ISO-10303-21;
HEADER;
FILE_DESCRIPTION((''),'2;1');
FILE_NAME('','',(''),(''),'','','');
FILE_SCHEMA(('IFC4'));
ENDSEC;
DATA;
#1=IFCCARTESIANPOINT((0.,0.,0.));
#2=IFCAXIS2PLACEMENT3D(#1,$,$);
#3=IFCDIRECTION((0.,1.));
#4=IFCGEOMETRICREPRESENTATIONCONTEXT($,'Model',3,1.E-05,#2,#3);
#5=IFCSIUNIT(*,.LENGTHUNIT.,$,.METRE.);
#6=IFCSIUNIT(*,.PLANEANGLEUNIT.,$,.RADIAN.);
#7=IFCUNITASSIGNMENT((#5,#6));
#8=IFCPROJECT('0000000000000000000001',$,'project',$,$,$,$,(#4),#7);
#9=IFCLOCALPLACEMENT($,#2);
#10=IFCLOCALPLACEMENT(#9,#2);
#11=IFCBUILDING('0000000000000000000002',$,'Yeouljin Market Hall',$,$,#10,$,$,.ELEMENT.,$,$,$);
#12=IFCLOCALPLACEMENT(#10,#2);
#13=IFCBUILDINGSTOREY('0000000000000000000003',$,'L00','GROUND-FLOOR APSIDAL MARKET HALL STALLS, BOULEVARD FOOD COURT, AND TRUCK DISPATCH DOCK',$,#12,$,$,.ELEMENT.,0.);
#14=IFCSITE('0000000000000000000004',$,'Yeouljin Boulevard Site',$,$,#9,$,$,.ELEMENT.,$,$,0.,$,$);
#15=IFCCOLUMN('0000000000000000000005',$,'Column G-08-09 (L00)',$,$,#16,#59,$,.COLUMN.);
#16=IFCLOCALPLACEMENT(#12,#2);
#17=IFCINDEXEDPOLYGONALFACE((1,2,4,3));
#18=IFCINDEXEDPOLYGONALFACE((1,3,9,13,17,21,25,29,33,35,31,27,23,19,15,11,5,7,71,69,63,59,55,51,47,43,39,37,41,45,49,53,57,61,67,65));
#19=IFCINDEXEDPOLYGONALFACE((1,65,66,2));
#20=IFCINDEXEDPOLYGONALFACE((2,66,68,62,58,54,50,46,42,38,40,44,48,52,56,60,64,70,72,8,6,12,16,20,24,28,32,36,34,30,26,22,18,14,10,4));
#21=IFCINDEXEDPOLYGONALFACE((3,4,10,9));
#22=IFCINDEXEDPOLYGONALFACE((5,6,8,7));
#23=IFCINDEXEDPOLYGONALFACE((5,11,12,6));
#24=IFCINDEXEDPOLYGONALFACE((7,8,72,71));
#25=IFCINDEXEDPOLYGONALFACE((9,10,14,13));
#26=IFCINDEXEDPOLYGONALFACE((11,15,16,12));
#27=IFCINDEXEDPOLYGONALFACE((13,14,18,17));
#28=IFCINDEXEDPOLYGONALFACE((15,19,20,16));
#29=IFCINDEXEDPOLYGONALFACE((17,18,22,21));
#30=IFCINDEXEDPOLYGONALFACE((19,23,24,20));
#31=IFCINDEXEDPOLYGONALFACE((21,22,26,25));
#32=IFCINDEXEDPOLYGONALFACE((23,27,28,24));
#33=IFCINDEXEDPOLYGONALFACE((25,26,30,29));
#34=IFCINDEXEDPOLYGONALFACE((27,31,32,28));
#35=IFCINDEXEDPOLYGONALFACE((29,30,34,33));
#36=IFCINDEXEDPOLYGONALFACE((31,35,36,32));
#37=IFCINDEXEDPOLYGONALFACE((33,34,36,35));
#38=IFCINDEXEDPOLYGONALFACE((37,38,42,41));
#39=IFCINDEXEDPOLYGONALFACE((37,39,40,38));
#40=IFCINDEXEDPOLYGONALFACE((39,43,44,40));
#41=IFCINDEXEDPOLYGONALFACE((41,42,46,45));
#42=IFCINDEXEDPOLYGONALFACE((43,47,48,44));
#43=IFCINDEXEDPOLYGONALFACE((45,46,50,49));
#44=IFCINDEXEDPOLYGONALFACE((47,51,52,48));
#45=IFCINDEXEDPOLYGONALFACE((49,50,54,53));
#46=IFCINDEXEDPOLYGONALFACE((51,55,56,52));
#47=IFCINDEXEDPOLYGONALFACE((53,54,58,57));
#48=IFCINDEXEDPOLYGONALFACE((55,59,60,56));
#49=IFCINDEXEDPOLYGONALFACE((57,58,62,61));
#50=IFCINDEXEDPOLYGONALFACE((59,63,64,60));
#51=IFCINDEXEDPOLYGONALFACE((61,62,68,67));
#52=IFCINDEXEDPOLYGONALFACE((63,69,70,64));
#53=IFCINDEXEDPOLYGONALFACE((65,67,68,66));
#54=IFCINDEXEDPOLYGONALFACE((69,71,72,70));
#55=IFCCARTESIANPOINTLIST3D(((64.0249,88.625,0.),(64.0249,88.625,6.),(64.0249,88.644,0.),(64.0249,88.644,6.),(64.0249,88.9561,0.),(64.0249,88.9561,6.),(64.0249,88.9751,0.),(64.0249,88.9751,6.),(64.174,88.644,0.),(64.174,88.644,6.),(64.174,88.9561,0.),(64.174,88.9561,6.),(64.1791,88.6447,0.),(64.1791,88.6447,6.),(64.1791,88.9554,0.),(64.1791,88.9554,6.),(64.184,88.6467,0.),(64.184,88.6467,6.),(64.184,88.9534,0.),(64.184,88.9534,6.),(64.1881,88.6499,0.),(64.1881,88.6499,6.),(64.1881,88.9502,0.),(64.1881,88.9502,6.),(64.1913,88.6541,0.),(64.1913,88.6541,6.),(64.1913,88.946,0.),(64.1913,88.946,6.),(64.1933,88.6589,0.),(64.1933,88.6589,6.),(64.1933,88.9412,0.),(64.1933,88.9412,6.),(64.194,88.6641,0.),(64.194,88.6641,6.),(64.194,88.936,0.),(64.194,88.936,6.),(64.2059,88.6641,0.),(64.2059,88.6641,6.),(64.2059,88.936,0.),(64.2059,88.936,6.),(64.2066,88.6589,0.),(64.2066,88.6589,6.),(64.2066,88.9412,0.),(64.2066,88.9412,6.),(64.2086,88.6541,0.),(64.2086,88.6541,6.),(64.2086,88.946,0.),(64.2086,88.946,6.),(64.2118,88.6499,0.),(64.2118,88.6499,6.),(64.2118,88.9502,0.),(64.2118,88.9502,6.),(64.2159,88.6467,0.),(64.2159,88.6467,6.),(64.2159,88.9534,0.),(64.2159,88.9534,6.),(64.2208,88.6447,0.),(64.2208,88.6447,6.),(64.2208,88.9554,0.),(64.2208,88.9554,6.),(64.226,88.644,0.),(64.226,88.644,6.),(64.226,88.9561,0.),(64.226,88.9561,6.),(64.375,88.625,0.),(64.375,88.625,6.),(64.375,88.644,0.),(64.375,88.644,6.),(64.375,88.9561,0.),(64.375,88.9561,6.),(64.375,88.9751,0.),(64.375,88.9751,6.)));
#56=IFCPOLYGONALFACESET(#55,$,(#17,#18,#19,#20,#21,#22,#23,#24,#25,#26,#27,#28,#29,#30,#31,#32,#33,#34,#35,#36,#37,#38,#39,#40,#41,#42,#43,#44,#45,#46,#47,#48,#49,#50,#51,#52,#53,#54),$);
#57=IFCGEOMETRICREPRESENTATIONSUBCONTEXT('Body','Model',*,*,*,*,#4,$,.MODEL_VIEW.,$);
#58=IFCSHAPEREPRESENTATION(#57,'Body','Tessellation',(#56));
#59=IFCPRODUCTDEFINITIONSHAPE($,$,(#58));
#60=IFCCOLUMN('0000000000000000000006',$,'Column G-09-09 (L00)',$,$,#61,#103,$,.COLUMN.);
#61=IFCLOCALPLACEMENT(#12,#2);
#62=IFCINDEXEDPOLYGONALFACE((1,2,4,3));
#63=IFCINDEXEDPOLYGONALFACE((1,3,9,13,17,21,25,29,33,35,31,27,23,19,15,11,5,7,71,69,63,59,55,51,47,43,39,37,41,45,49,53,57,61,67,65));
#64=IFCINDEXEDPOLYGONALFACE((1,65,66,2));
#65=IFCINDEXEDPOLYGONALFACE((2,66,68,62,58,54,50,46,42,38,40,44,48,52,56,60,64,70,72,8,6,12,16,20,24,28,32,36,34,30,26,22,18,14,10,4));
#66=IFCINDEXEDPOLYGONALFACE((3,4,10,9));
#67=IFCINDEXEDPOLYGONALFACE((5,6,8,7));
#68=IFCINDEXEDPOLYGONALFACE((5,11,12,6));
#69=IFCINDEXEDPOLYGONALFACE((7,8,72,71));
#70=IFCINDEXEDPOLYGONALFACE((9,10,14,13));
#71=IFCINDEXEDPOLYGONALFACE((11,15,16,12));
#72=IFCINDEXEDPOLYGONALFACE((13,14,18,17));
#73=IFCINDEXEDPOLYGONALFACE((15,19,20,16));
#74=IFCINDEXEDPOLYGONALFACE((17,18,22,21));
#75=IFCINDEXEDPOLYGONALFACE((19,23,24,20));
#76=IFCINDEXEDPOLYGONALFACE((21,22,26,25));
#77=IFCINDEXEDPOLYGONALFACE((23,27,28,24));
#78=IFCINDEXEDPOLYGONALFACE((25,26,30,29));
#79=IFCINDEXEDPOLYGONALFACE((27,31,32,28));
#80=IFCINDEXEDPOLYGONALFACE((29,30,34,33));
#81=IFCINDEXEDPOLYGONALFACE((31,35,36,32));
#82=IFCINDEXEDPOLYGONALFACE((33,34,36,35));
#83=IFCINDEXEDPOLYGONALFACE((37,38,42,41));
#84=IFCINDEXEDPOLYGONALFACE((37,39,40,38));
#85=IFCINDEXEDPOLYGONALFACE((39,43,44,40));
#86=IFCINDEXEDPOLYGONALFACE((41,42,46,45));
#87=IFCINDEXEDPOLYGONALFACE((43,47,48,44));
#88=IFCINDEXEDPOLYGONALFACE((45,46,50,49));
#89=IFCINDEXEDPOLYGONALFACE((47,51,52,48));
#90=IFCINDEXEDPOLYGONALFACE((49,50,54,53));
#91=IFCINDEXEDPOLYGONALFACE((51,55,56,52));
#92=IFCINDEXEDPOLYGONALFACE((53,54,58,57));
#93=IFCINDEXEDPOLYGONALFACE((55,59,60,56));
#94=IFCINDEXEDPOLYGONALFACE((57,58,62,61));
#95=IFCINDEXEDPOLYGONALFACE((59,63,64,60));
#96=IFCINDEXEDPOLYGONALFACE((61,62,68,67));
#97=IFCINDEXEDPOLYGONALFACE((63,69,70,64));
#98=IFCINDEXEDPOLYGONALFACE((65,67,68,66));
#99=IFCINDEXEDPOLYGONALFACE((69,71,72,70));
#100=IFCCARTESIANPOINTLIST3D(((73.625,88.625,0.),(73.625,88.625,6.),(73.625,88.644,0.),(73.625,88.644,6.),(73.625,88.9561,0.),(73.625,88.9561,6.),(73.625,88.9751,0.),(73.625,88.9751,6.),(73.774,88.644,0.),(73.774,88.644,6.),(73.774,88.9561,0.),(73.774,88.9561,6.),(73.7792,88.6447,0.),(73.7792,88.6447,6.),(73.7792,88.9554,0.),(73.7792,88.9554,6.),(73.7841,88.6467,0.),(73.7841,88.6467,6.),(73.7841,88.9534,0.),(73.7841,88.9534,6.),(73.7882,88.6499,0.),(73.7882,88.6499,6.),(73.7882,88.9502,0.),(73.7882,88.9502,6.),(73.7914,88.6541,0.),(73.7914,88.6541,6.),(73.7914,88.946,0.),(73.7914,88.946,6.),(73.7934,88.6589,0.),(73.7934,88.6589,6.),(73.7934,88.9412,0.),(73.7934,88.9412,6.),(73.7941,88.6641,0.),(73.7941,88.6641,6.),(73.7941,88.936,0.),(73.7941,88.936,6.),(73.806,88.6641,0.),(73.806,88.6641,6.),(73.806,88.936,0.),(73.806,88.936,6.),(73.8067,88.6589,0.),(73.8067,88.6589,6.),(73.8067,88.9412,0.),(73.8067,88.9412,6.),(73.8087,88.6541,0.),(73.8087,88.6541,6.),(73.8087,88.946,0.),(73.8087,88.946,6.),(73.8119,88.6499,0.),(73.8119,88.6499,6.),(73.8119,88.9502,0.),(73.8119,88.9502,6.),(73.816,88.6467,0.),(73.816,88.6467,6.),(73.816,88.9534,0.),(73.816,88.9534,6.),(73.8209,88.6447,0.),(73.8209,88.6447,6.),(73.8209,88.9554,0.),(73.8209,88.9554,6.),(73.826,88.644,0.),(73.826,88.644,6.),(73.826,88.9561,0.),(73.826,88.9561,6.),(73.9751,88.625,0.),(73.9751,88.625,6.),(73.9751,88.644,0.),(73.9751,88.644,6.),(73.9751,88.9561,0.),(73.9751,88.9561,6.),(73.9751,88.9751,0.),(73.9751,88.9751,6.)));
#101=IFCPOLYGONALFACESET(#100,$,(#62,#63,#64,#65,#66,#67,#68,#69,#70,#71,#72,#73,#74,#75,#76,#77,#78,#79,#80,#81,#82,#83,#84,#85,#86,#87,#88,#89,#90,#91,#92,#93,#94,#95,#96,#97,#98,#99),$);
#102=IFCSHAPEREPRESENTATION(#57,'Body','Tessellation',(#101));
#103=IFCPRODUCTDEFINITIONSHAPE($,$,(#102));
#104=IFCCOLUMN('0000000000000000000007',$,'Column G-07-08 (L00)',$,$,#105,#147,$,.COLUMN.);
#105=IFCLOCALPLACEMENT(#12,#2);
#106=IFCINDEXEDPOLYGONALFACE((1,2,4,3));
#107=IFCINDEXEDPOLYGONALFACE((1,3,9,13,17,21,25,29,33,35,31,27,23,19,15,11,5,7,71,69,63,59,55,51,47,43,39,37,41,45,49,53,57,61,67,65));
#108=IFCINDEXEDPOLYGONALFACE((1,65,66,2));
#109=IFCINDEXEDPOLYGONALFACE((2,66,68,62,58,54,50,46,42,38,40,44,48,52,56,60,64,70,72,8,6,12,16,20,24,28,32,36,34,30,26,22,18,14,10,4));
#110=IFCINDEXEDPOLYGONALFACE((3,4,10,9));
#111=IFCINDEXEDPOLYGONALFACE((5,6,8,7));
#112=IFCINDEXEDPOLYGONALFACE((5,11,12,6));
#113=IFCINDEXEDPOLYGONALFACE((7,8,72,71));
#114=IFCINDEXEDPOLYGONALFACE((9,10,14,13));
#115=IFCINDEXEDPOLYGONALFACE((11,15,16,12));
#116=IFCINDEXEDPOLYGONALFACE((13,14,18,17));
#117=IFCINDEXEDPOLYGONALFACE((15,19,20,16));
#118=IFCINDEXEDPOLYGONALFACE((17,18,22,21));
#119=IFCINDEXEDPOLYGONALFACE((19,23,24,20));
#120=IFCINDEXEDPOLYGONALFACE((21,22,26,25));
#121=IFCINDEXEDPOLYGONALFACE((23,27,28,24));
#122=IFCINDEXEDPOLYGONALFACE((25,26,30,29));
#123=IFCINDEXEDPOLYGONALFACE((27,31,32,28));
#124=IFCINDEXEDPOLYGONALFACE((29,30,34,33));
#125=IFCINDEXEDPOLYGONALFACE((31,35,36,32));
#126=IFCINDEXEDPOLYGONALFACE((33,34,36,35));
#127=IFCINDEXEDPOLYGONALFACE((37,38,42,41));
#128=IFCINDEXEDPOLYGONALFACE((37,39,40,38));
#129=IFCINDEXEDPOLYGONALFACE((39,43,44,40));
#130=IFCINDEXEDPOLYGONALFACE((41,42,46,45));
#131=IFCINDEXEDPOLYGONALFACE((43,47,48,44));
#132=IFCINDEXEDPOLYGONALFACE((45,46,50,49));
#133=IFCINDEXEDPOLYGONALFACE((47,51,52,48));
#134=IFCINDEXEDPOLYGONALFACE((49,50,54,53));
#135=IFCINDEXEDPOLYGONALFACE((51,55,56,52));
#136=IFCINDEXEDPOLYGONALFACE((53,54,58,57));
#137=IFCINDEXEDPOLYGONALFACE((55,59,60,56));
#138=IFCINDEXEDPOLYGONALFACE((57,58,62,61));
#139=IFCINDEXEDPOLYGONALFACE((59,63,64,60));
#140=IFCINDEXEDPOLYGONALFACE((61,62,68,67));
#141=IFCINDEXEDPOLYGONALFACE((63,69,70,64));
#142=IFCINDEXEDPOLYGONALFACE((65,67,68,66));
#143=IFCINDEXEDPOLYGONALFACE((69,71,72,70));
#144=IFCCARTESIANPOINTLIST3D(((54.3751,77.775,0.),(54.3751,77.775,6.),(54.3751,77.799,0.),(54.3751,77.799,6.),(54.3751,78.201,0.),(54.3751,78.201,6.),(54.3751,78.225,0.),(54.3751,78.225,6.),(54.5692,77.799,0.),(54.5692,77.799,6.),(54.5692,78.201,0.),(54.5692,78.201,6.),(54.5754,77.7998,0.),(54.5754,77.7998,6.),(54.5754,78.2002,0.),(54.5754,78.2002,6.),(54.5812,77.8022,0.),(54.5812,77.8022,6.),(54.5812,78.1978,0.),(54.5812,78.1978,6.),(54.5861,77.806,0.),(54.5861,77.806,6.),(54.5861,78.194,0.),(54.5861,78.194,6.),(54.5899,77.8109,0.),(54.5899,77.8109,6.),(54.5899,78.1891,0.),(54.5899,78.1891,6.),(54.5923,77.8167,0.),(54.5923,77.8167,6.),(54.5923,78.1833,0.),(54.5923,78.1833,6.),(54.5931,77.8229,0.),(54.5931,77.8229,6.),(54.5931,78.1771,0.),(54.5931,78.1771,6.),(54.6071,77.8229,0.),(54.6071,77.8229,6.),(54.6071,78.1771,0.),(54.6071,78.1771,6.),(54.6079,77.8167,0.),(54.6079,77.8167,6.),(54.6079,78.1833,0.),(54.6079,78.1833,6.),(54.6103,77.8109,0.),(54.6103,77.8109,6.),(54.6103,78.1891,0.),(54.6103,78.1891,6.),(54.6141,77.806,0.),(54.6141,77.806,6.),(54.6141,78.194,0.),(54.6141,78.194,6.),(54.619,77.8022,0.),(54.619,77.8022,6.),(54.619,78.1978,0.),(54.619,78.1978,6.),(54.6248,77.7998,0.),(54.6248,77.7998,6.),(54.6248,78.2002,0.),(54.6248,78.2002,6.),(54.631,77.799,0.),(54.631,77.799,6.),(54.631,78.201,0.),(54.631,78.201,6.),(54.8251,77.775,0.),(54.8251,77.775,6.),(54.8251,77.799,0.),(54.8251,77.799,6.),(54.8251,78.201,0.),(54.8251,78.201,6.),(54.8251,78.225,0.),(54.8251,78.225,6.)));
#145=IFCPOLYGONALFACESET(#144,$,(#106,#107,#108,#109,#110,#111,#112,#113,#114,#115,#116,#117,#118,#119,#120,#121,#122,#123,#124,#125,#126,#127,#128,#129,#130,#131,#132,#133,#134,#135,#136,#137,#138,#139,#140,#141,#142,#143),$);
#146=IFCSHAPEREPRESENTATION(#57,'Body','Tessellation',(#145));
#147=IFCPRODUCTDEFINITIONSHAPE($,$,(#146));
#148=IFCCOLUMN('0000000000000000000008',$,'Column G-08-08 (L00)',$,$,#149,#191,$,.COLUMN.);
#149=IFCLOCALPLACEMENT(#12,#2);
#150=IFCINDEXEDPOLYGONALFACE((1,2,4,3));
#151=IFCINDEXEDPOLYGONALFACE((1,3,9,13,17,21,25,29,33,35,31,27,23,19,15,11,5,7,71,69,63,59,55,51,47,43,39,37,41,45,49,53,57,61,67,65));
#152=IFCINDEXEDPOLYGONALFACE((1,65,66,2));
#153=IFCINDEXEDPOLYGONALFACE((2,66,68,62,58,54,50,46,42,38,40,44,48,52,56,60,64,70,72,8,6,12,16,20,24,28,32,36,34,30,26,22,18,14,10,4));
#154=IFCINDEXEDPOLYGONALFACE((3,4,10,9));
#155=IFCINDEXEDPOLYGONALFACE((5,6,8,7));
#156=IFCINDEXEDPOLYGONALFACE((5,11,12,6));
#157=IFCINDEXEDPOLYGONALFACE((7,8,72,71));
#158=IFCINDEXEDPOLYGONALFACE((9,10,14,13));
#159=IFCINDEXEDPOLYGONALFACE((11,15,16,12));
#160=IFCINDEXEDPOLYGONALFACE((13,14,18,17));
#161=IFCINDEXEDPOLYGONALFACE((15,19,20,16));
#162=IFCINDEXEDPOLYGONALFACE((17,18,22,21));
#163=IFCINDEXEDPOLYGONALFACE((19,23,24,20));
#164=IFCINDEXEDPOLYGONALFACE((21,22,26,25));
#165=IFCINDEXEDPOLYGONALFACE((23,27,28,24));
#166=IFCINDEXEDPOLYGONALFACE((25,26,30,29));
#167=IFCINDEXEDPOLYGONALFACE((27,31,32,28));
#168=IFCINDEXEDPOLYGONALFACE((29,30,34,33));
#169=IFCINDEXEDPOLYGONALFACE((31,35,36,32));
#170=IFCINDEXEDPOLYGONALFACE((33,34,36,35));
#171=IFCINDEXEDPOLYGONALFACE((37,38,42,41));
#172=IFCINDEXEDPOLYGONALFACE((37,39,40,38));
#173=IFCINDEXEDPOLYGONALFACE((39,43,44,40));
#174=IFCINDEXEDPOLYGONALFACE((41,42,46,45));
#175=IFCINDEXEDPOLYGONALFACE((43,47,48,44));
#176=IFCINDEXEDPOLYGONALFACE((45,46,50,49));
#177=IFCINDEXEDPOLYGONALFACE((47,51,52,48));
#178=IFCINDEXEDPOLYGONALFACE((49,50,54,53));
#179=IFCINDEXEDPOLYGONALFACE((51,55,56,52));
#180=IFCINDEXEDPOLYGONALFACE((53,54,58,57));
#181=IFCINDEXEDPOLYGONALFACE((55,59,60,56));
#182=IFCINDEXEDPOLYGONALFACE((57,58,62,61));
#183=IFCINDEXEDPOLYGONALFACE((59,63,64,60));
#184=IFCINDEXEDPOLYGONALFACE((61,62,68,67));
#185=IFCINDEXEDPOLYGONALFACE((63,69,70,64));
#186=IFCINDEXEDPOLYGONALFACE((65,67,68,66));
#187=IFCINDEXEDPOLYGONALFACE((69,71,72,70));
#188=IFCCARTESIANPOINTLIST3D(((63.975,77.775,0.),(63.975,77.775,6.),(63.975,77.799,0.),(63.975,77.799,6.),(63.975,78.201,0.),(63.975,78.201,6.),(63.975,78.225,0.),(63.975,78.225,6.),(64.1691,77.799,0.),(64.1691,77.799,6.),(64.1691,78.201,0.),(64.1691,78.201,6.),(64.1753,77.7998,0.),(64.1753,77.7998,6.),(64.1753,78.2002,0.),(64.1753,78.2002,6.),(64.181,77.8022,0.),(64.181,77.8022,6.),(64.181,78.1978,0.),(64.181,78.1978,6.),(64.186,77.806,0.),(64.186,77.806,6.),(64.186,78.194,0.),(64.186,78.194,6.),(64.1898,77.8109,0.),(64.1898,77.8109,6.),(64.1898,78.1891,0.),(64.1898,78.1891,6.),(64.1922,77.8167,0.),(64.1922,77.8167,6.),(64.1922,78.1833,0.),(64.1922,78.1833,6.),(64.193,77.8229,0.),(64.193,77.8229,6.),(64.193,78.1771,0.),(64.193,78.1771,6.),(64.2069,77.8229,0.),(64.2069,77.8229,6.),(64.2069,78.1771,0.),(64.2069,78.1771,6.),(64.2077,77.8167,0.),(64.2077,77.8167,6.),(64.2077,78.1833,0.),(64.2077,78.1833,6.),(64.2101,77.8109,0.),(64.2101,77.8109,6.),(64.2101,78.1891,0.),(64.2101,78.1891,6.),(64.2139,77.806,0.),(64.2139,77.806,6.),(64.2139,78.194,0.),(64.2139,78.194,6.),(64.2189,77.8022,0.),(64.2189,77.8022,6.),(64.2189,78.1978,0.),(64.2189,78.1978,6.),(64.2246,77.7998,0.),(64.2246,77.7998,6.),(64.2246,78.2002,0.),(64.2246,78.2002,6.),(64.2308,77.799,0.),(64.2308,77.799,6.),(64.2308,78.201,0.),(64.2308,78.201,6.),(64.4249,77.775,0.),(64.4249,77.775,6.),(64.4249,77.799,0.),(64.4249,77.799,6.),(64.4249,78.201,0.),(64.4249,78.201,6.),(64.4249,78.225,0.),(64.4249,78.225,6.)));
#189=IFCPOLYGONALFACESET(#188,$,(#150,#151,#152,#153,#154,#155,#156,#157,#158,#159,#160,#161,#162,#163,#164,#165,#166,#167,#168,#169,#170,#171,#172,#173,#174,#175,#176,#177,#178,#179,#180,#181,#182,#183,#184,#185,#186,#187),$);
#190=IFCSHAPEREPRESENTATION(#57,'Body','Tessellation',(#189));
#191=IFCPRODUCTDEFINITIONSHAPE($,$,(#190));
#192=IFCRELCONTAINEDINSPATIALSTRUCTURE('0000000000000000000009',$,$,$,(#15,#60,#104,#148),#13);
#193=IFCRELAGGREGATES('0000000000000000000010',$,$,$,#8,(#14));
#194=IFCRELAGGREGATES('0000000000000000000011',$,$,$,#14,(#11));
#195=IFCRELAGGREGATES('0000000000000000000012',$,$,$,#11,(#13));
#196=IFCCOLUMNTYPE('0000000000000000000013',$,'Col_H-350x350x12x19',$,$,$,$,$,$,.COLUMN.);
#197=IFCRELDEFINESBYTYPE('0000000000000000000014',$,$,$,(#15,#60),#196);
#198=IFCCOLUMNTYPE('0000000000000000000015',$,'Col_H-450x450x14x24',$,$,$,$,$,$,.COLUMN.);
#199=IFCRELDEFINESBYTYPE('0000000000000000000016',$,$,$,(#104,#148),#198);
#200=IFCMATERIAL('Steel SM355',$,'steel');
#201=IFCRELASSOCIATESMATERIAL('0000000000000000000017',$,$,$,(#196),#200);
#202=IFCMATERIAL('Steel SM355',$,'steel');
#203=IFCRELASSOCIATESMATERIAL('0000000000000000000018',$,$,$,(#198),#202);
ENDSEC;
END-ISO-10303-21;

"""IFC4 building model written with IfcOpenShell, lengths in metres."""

from ifc_helpers import new_model, si_unit, direction, frame, origin, origin_2d, place, context, subcontext, project, spatial, i_section, extrude, material, material_profile, profile_set, type_object, element, save


model = new_model("IFC4")

# Units and contexts
model_context = context("Model", 3, precision=1e-05, world=origin(), true_north=direction((0.0, 1.0)))
body_context = subcontext(model_context, "Body", "Model", "MODEL_VIEW")
ifc_project = project(units=[si_unit("LENGTHUNIT", "METRE"), si_unit("PLANEANGLEUNIT", "RADIAN")], contexts=[model_context])

# Site, building, storey
site_placement = place(None, origin())
site = spatial("IfcSite", under=ifc_project, at=site_placement, Name="Yeouljin Boulevard Site", CompositionType="ELEMENT", RefElevation=0.0)
building_placement = place(site_placement, origin())
building = spatial("IfcBuilding", under=site, at=building_placement, Name="Yeouljin Market Hall", CompositionType="ELEMENT")
storey_placement = place(building_placement, origin())
storey = spatial("IfcBuildingStorey", under=building, at=storey_placement, Name="L00", Description="GROUND-FLOOR APSIDAL MARKET HALL STALLS, BOULEVARD FOOD COURT, AND TRUCK DISPATCH DOCK", CompositionType="ELEMENT", Elevation=0.0)

# Columns
ifc_material_1 = material(Name="Steel SM355", Category="steel")
ifc_material_profile_1 = material_profile(ifc_material_1, i_section(OverallWidth=0.3501, OverallDepth=0.3501, WebThickness=0.012, FlangeThickness=0.019, FilletRadius=0.02, at=origin_2d()), Name="H-350x350x12x19")
ifc_profile_set_1 = profile_set([ifc_material_profile_1], Name="Steel SM355")
column_type_1 = type_object("IfcColumnType", Name="Col_H-350x350x12x19", PredefinedType="COLUMN", material=ifc_profile_set_1)
for number, where, z_axis, x_axis, name in (
    (1, (64.2, 88.8, 0.0), (0.0, 0.0, 1.0), (1.0, 0.0, 0.0), "Column G-08-09 (L00)"),
    (2, (73.8, 88.8, 0.0), (0.0, 0.0, 1.0), (1.0, 0.0, 0.0), "Column G-09-09 (L00)"),
):
    element("IfcColumn", number, at=place(storey_placement, frame(where, z_axis=z_axis, x_axis=x_axis)), inside=storey, type_object=column_type_1, Name=name, PredefinedType="COLUMN", context=body_context, shape_type="SweptSolid", body=[
        extrude(i_section(OverallWidth=0.3501, OverallDepth=0.3501, WebThickness=0.012, FlangeThickness=0.019, FilletRadius=0.02, at=origin_2d()), origin(), (0.0, 0.0, 1.0), 6.0),
    ])
ifc_material_2 = material(Name="Steel SM355", Category="steel")
ifc_material_profile_2 = material_profile(ifc_material_2, i_section(OverallWidth=0.45, OverallDepth=0.45, WebThickness=0.0139, FlangeThickness=0.0239, FilletRadius=0.0239, at=origin_2d()), Name="H-450x450x14x24")
ifc_profile_set_2 = profile_set([ifc_material_profile_2], Name="Steel SM355")
column_type_2 = type_object("IfcColumnType", Name="Col_H-450x450x14x24", PredefinedType="COLUMN", material=ifc_profile_set_2)
for number, where, z_axis, x_axis, name in (
    (3, (54.6001, 78.0, 0.0), (0.0, 0.0, 1.0), (1.0, 0.0, 0.0), "Column G-07-08 (L00)"),
    (4, (64.2, 78.0, 0.0), (0.0, 0.0, 1.0), (1.0, 0.0, 0.0), "Column G-08-08 (L00)"),
):
    element("IfcColumn", number, at=place(storey_placement, frame(where, z_axis=z_axis, x_axis=x_axis)), inside=storey, type_object=column_type_2, Name=name, PredefinedType="COLUMN", context=body_context, shape_type="SweptSolid", body=[
        extrude(i_section(OverallWidth=0.45, OverallDepth=0.45, WebThickness=0.0139, FlangeThickness=0.0239, FilletRadius=0.0239, at=origin_2d()), origin(), (0.0, 0.0, 1.0), 6.0),
    ])

save(model, "model.ifc")
